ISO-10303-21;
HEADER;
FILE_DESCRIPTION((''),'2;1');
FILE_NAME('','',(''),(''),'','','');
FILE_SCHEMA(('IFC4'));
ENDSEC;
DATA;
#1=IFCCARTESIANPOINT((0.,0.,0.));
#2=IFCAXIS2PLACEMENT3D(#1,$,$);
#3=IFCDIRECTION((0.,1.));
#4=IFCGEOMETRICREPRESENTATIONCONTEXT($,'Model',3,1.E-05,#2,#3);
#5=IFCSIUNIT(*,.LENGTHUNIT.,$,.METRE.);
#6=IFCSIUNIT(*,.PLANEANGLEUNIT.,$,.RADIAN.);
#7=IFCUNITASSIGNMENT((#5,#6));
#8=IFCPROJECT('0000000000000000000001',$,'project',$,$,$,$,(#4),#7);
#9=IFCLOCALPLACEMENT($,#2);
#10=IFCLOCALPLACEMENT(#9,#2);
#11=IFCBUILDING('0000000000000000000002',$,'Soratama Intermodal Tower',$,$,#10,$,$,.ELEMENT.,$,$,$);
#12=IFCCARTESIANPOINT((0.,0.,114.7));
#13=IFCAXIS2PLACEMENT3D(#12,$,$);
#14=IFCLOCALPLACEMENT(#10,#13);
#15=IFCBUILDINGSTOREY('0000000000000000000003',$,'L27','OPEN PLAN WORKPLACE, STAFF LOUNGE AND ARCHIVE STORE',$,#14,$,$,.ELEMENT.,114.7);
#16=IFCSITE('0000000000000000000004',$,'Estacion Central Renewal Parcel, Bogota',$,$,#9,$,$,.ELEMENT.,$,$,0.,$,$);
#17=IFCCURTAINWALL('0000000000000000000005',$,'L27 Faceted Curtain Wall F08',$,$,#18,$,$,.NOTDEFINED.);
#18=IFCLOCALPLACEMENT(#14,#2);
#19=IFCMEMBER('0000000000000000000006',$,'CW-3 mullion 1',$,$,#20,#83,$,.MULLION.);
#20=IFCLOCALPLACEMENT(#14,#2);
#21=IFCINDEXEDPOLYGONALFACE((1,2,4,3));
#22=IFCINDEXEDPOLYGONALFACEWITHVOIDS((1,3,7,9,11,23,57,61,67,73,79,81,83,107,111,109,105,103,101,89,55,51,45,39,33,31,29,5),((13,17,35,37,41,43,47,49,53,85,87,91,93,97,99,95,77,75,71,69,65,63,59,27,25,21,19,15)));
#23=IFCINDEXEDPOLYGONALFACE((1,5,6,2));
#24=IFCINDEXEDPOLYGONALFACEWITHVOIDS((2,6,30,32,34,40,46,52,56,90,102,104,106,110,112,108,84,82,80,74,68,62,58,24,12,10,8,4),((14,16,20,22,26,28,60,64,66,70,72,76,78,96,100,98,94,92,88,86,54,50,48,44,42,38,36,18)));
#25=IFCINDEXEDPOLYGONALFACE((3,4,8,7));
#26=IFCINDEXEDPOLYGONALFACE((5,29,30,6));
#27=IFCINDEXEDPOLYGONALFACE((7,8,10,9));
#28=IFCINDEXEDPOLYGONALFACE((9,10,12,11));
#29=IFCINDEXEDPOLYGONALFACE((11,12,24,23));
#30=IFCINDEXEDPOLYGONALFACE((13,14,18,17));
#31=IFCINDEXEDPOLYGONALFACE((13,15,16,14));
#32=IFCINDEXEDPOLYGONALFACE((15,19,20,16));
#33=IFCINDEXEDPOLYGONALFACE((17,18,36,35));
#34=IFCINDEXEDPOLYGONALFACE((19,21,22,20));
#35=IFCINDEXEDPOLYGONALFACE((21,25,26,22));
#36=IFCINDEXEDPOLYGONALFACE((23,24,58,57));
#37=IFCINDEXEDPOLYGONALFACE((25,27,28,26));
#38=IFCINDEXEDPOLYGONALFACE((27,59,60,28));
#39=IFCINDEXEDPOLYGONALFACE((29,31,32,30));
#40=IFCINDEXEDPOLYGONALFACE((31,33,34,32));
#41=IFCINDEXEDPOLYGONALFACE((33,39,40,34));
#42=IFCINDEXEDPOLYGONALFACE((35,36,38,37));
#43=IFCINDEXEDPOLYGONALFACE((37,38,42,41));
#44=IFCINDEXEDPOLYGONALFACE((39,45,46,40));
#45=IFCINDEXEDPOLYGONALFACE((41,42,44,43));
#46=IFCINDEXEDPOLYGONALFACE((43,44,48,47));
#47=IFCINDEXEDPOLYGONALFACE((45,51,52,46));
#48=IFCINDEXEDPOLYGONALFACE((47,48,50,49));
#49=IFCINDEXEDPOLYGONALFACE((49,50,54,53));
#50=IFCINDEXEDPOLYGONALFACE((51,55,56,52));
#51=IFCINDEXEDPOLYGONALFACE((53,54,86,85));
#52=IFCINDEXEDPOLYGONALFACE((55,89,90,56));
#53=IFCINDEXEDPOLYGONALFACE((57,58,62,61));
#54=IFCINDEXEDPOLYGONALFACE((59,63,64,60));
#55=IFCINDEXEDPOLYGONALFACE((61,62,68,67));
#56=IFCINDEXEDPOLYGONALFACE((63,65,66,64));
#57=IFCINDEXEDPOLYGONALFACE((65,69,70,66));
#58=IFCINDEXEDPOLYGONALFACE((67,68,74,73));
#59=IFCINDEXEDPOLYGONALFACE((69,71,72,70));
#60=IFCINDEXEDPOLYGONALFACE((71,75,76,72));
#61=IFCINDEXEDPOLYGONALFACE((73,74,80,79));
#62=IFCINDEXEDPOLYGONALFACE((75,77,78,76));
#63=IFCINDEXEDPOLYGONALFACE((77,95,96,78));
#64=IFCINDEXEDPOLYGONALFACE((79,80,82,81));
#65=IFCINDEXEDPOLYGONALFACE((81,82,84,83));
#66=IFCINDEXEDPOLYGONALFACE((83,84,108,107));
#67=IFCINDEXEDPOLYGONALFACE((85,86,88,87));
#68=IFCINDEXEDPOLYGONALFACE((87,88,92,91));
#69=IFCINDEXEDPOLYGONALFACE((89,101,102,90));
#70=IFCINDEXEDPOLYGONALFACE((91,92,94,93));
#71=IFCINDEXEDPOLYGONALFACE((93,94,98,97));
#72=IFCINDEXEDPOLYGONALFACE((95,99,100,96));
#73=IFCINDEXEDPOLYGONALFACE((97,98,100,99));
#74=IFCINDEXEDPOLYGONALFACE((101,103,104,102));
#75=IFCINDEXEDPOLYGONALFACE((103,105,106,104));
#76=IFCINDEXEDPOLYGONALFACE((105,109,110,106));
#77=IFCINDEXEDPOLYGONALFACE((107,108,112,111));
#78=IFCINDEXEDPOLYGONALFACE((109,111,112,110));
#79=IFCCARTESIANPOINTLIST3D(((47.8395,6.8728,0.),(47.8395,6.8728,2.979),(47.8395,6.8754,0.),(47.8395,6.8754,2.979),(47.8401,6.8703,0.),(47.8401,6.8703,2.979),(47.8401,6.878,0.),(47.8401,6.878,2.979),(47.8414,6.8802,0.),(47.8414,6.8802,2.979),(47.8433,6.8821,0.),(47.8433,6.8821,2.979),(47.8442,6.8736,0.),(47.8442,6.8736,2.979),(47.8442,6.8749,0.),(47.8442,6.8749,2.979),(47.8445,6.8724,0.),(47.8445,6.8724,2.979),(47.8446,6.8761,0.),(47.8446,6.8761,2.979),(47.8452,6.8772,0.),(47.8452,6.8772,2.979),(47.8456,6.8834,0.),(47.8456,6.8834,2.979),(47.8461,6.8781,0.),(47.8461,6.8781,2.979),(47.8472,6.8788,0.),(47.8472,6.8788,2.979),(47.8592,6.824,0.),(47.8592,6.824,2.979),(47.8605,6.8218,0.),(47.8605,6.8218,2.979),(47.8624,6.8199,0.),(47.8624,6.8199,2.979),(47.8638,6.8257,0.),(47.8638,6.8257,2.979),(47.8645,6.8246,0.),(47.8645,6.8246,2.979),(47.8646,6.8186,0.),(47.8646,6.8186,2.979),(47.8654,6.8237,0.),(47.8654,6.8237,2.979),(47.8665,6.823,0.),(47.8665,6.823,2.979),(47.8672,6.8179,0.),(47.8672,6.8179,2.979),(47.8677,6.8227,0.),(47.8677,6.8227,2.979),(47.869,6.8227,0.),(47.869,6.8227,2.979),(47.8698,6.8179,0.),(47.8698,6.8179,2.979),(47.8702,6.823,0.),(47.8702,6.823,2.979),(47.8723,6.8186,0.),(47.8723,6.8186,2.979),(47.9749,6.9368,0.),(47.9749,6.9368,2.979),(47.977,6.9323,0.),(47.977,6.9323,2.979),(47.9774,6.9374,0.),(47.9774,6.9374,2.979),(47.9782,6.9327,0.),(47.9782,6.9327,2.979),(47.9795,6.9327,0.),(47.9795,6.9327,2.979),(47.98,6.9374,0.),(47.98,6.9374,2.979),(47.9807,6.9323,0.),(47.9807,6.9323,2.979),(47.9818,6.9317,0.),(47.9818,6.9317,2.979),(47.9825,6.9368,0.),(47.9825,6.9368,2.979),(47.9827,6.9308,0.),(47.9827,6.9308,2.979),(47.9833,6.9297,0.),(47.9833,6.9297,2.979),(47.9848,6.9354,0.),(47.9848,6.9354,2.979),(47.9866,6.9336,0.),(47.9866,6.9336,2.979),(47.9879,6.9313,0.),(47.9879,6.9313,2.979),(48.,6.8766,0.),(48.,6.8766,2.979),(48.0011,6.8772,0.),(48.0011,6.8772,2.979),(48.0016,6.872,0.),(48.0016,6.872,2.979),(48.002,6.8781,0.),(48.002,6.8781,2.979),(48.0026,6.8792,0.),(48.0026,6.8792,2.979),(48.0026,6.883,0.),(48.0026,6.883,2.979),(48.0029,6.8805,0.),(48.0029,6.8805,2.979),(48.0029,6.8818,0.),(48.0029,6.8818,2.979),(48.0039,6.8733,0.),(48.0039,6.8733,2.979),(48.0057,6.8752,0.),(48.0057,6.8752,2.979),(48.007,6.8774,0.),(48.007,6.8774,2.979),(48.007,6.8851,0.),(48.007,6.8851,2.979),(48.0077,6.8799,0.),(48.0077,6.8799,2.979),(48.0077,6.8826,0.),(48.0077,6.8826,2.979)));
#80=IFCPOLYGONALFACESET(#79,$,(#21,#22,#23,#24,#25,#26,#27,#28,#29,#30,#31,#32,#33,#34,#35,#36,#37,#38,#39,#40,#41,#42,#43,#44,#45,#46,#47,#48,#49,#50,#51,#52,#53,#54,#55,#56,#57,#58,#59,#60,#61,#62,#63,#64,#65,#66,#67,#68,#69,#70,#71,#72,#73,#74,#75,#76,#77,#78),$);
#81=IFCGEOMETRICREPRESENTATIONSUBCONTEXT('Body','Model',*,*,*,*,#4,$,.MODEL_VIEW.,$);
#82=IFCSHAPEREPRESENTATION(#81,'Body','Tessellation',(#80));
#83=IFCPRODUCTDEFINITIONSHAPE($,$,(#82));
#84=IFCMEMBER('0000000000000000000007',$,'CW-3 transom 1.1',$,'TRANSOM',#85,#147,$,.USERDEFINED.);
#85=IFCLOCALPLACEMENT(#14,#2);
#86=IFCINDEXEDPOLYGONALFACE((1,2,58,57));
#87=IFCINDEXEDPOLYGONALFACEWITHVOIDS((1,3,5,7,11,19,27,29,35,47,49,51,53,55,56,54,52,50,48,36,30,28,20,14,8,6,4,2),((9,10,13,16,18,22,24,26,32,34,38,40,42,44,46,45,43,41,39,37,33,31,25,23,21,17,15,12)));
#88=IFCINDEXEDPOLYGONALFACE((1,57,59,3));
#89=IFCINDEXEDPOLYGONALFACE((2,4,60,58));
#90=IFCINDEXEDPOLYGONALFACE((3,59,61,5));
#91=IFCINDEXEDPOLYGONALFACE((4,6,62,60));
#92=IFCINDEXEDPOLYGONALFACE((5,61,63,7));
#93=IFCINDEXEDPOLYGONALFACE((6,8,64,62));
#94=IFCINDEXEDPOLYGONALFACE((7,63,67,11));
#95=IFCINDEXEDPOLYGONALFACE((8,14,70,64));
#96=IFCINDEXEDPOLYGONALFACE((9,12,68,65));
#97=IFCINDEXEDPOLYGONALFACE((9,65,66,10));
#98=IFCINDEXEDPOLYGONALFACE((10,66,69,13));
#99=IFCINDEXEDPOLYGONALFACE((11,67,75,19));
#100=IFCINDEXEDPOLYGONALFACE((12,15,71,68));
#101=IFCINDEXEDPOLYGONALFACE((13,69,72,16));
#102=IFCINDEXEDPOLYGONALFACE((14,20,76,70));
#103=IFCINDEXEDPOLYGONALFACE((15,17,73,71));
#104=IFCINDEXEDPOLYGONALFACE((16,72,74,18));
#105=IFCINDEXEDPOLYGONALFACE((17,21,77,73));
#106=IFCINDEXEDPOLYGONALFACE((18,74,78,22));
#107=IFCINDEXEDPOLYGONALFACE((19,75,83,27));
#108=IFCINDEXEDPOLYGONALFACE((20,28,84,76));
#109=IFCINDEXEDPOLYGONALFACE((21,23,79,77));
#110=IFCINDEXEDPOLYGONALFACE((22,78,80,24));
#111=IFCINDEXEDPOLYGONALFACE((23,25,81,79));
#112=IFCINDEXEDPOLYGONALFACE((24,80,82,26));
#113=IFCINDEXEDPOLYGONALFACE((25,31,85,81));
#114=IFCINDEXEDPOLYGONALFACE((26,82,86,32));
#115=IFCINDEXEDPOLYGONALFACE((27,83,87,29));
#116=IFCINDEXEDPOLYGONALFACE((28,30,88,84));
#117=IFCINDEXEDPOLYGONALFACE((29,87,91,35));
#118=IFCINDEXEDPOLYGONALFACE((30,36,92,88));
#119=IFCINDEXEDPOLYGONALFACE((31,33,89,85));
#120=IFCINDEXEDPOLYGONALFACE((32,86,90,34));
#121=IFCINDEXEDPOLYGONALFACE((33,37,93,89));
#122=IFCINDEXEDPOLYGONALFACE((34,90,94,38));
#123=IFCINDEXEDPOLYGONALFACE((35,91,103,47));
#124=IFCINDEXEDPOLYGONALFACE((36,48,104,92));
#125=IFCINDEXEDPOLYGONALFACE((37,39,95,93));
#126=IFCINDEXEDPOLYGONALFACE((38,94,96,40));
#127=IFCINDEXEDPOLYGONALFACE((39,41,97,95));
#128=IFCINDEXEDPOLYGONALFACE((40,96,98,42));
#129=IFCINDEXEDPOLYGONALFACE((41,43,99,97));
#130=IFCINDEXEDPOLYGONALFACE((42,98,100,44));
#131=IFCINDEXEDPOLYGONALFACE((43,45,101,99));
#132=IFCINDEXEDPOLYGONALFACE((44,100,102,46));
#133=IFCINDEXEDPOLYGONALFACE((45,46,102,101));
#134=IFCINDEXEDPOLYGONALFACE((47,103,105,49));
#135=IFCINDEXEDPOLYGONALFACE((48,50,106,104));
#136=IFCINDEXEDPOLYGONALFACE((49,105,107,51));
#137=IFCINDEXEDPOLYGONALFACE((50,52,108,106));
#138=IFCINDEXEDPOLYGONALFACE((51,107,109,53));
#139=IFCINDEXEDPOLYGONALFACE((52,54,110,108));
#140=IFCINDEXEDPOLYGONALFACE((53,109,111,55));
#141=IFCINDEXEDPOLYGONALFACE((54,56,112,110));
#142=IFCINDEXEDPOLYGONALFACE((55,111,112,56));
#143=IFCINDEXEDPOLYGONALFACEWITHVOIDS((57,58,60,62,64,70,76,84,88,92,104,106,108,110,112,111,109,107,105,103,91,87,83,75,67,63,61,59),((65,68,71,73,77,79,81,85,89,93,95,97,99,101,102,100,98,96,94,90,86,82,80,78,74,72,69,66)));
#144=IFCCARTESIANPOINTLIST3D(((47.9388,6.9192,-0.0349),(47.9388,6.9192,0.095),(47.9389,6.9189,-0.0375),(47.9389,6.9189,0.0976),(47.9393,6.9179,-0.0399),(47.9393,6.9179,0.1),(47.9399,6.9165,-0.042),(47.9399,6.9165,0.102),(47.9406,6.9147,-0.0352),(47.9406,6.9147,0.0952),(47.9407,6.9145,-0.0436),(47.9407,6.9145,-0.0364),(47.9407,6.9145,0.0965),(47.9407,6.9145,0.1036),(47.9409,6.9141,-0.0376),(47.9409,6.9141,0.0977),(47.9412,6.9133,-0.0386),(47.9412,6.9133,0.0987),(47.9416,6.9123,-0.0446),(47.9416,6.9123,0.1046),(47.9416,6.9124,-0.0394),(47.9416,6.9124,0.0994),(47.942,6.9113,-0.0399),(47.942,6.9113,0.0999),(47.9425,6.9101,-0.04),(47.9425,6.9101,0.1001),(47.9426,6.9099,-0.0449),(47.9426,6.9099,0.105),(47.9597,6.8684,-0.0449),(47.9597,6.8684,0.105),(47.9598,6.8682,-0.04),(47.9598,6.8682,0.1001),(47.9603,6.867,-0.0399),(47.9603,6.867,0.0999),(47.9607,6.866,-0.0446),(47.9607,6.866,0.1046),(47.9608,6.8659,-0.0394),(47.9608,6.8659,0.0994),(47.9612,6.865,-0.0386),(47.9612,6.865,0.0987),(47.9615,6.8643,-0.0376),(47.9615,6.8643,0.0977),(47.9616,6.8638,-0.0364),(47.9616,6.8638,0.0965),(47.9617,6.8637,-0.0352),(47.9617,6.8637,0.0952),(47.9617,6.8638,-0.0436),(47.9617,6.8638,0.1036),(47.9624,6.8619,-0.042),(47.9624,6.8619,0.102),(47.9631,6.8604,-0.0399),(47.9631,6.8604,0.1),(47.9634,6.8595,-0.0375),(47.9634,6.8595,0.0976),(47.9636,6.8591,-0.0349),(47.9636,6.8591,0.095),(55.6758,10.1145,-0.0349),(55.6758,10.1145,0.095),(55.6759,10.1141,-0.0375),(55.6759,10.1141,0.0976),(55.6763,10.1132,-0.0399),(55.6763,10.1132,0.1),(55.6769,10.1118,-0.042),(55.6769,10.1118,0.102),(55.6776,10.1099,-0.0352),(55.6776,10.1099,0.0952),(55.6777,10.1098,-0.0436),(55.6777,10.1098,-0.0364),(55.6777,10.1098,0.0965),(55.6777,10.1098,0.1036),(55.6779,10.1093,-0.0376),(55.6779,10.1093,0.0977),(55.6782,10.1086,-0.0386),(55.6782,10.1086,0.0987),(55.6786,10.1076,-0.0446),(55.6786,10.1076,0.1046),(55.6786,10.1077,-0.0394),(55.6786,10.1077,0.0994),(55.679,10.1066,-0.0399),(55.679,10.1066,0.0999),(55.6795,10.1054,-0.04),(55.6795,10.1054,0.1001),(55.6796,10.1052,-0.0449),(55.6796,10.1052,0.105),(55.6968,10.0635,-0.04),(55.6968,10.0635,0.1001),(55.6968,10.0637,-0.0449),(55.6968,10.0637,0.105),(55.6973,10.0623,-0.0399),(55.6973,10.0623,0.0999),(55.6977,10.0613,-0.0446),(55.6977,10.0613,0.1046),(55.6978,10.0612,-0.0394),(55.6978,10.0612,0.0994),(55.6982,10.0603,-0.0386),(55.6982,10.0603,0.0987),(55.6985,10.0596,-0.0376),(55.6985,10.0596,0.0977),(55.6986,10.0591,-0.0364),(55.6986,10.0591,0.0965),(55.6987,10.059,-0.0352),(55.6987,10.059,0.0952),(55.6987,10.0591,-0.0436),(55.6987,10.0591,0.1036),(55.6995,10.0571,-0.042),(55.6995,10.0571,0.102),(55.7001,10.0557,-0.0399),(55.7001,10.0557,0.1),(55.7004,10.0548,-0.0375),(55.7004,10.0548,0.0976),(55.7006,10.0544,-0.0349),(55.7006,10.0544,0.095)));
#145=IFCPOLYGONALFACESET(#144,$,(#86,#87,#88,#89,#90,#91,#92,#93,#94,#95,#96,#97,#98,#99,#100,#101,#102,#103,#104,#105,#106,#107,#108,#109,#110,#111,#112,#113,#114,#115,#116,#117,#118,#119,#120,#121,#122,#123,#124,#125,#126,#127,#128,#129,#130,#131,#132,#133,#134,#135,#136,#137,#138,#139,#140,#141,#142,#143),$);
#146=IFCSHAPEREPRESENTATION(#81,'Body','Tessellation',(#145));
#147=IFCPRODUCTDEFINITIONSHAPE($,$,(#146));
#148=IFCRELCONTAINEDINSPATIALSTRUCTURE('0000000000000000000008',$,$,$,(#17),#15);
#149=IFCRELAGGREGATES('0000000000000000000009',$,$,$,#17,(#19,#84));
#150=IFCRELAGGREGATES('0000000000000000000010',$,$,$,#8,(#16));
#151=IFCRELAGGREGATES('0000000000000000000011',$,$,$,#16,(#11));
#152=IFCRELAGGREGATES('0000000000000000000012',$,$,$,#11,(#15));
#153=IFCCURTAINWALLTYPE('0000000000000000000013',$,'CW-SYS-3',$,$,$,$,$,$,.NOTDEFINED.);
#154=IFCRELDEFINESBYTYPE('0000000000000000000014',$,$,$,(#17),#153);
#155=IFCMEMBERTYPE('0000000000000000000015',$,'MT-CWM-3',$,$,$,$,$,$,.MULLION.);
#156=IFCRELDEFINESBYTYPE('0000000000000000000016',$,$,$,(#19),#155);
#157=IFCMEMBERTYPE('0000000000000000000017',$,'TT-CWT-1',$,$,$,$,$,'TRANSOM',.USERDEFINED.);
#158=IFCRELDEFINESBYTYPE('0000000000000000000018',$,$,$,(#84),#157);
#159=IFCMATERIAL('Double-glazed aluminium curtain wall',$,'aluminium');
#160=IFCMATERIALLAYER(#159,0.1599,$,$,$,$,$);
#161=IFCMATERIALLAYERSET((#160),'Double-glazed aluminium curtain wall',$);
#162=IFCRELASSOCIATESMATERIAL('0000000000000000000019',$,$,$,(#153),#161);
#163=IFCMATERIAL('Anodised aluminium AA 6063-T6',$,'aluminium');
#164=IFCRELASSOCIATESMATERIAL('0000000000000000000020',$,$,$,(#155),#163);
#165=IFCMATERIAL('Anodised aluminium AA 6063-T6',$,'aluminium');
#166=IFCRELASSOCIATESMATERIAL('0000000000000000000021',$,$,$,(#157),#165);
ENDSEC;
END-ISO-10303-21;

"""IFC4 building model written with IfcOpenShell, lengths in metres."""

from ifc_helpers import new_model, si_unit, direction, frame, origin, origin_2d, place, context, subcontext, project, spatial, hollow_rectangle, extrude, material, layer, layer_set, material_profile, profile_set, type_object, element, aggregate, save


model = new_model("IFC4")

# Units and contexts
model_context = context("Model", 3, precision=1e-05, world=origin(), true_north=direction((0.0, 1.0)))
body_context = subcontext(model_context, "Body", "Model", "MODEL_VIEW")
ifc_project = project(units=[si_unit("LENGTHUNIT", "METRE"), si_unit("PLANEANGLEUNIT", "RADIAN")], contexts=[model_context])

# Site, building, storey
site_placement = place(None, origin())
site = spatial("IfcSite", under=ifc_project, at=site_placement, Name="Estacion Central Renewal Parcel, Bogota", CompositionType="ELEMENT", RefElevation=0.0)
building_placement = place(site_placement, origin())
building = spatial("IfcBuilding", under=site, at=building_placement, Name="Soratama Intermodal Tower", CompositionType="ELEMENT")
storey_placement = place(building_placement, frame((0.0, 0.0, 114.7)))
storey = spatial("IfcBuildingStorey", under=building, at=storey_placement, Name="L27", Description="OPEN PLAN WORKPLACE, STAFF LOUNGE AND ARCHIVE STORE", CompositionType="ELEMENT", Elevation=114.7)

# Curtain wall, members
ifc_material_1 = material(Name="Double-glazed aluminium curtain wall", Category="aluminium")
ifc_layer_1 = layer(ifc_material_1, 0.1599)
ifc_layer_set_1 = layer_set([ifc_layer_1], Name="Double-glazed aluminium curtain wall")
curtain_wall_type = type_object("IfcCurtainWallType", Name="CW-SYS-3", PredefinedType="NOTDEFINED", material=ifc_layer_set_1)
curtain_wall_placement = place(storey_placement, origin())
curtain_wall = element("IfcCurtainWall", 1, at=curtain_wall_placement, inside=storey, type_object=curtain_wall_type, Name="L27 Faceted Curtain Wall F08", PredefinedType="NOTDEFINED")
ifc_material_2 = material(Name="Anodised aluminium AA 6063-T6", Category="aluminium")
ifc_material_profile_1 = material_profile(ifc_material_2, hollow_rectangle(XDim=0.0701, YDim=0.1599, WallThickness=0.0049, InnerFilletRadius=0.0049, OuterFilletRadius=0.01, at=origin_2d()), Name="CWM160X70X5")
ifc_profile_set_1 = profile_set([ifc_material_profile_1], Name="Anodised aluminium AA 6063-T6")
member_type_1 = type_object("IfcMemberType", Name="MT-CWM-3", PredefinedType="MULLION", material=ifc_profile_set_1)
member_1_placement = place(storey_placement, frame((47.9236, 6.8777, 0.0), z_axis=(0.0, 0.0, 1.0), x_axis=(-0.381718, 0.924279, 0.0)))
member_1 = element("IfcMember", 2, at=member_1_placement, type_object=member_type_1, Name="CW-3 mullion 1", PredefinedType="MULLION", context=body_context, shape_type="SweptSolid", body=[
    extrude(hollow_rectangle(XDim=0.0701, YDim=0.1599, WallThickness=0.0049, InnerFilletRadius=0.0049, OuterFilletRadius=0.01, at=origin_2d()), origin(), (0.0, 0.0, 1.0), 2.979),
])
ifc_material_3 = material(Name="Anodised aluminium AA 6063-T6", Category="aluminium")
ifc_material_profile_2 = material_profile(ifc_material_3, hollow_rectangle(XDim=0.0649, YDim=0.1499, WallThickness=0.0049, InnerFilletRadius=0.0049, OuterFilletRadius=0.01, at=origin_2d()), Name="CWT150X65X5")
ifc_profile_set_2 = profile_set([ifc_material_profile_2], Name="Anodised aluminium AA 6063-T6")
member_type_2 = type_object("IfcMemberType", Name="TT-CWT-1", ElementType="TRANSOM", PredefinedType="USERDEFINED", material=ifc_profile_set_2)
member_2_placement = place(storey_placement, frame((47.9512, 6.8892, 0.03), z_axis=(0.92428, 0.381716, 0.0), x_axis=(-0.381716, 0.92428, 0.0)))
member_2 = element("IfcMember", 3, at=member_2_placement, type_object=member_type_2, Name="CW-3 transom 1.1", ObjectType="TRANSOM", PredefinedType="USERDEFINED", context=body_context, shape_type="SweptSolid", body=[
    extrude(hollow_rectangle(XDim=0.0649, YDim=0.1499, WallThickness=0.0049, InnerFilletRadius=0.0049, OuterFilletRadius=0.01, at=origin_2d()), origin(), (0.0, 0.0, 1.0), 8.3708),
])
aggregate(curtain_wall, [member_1, member_2])

save(model, "model.ifc")
